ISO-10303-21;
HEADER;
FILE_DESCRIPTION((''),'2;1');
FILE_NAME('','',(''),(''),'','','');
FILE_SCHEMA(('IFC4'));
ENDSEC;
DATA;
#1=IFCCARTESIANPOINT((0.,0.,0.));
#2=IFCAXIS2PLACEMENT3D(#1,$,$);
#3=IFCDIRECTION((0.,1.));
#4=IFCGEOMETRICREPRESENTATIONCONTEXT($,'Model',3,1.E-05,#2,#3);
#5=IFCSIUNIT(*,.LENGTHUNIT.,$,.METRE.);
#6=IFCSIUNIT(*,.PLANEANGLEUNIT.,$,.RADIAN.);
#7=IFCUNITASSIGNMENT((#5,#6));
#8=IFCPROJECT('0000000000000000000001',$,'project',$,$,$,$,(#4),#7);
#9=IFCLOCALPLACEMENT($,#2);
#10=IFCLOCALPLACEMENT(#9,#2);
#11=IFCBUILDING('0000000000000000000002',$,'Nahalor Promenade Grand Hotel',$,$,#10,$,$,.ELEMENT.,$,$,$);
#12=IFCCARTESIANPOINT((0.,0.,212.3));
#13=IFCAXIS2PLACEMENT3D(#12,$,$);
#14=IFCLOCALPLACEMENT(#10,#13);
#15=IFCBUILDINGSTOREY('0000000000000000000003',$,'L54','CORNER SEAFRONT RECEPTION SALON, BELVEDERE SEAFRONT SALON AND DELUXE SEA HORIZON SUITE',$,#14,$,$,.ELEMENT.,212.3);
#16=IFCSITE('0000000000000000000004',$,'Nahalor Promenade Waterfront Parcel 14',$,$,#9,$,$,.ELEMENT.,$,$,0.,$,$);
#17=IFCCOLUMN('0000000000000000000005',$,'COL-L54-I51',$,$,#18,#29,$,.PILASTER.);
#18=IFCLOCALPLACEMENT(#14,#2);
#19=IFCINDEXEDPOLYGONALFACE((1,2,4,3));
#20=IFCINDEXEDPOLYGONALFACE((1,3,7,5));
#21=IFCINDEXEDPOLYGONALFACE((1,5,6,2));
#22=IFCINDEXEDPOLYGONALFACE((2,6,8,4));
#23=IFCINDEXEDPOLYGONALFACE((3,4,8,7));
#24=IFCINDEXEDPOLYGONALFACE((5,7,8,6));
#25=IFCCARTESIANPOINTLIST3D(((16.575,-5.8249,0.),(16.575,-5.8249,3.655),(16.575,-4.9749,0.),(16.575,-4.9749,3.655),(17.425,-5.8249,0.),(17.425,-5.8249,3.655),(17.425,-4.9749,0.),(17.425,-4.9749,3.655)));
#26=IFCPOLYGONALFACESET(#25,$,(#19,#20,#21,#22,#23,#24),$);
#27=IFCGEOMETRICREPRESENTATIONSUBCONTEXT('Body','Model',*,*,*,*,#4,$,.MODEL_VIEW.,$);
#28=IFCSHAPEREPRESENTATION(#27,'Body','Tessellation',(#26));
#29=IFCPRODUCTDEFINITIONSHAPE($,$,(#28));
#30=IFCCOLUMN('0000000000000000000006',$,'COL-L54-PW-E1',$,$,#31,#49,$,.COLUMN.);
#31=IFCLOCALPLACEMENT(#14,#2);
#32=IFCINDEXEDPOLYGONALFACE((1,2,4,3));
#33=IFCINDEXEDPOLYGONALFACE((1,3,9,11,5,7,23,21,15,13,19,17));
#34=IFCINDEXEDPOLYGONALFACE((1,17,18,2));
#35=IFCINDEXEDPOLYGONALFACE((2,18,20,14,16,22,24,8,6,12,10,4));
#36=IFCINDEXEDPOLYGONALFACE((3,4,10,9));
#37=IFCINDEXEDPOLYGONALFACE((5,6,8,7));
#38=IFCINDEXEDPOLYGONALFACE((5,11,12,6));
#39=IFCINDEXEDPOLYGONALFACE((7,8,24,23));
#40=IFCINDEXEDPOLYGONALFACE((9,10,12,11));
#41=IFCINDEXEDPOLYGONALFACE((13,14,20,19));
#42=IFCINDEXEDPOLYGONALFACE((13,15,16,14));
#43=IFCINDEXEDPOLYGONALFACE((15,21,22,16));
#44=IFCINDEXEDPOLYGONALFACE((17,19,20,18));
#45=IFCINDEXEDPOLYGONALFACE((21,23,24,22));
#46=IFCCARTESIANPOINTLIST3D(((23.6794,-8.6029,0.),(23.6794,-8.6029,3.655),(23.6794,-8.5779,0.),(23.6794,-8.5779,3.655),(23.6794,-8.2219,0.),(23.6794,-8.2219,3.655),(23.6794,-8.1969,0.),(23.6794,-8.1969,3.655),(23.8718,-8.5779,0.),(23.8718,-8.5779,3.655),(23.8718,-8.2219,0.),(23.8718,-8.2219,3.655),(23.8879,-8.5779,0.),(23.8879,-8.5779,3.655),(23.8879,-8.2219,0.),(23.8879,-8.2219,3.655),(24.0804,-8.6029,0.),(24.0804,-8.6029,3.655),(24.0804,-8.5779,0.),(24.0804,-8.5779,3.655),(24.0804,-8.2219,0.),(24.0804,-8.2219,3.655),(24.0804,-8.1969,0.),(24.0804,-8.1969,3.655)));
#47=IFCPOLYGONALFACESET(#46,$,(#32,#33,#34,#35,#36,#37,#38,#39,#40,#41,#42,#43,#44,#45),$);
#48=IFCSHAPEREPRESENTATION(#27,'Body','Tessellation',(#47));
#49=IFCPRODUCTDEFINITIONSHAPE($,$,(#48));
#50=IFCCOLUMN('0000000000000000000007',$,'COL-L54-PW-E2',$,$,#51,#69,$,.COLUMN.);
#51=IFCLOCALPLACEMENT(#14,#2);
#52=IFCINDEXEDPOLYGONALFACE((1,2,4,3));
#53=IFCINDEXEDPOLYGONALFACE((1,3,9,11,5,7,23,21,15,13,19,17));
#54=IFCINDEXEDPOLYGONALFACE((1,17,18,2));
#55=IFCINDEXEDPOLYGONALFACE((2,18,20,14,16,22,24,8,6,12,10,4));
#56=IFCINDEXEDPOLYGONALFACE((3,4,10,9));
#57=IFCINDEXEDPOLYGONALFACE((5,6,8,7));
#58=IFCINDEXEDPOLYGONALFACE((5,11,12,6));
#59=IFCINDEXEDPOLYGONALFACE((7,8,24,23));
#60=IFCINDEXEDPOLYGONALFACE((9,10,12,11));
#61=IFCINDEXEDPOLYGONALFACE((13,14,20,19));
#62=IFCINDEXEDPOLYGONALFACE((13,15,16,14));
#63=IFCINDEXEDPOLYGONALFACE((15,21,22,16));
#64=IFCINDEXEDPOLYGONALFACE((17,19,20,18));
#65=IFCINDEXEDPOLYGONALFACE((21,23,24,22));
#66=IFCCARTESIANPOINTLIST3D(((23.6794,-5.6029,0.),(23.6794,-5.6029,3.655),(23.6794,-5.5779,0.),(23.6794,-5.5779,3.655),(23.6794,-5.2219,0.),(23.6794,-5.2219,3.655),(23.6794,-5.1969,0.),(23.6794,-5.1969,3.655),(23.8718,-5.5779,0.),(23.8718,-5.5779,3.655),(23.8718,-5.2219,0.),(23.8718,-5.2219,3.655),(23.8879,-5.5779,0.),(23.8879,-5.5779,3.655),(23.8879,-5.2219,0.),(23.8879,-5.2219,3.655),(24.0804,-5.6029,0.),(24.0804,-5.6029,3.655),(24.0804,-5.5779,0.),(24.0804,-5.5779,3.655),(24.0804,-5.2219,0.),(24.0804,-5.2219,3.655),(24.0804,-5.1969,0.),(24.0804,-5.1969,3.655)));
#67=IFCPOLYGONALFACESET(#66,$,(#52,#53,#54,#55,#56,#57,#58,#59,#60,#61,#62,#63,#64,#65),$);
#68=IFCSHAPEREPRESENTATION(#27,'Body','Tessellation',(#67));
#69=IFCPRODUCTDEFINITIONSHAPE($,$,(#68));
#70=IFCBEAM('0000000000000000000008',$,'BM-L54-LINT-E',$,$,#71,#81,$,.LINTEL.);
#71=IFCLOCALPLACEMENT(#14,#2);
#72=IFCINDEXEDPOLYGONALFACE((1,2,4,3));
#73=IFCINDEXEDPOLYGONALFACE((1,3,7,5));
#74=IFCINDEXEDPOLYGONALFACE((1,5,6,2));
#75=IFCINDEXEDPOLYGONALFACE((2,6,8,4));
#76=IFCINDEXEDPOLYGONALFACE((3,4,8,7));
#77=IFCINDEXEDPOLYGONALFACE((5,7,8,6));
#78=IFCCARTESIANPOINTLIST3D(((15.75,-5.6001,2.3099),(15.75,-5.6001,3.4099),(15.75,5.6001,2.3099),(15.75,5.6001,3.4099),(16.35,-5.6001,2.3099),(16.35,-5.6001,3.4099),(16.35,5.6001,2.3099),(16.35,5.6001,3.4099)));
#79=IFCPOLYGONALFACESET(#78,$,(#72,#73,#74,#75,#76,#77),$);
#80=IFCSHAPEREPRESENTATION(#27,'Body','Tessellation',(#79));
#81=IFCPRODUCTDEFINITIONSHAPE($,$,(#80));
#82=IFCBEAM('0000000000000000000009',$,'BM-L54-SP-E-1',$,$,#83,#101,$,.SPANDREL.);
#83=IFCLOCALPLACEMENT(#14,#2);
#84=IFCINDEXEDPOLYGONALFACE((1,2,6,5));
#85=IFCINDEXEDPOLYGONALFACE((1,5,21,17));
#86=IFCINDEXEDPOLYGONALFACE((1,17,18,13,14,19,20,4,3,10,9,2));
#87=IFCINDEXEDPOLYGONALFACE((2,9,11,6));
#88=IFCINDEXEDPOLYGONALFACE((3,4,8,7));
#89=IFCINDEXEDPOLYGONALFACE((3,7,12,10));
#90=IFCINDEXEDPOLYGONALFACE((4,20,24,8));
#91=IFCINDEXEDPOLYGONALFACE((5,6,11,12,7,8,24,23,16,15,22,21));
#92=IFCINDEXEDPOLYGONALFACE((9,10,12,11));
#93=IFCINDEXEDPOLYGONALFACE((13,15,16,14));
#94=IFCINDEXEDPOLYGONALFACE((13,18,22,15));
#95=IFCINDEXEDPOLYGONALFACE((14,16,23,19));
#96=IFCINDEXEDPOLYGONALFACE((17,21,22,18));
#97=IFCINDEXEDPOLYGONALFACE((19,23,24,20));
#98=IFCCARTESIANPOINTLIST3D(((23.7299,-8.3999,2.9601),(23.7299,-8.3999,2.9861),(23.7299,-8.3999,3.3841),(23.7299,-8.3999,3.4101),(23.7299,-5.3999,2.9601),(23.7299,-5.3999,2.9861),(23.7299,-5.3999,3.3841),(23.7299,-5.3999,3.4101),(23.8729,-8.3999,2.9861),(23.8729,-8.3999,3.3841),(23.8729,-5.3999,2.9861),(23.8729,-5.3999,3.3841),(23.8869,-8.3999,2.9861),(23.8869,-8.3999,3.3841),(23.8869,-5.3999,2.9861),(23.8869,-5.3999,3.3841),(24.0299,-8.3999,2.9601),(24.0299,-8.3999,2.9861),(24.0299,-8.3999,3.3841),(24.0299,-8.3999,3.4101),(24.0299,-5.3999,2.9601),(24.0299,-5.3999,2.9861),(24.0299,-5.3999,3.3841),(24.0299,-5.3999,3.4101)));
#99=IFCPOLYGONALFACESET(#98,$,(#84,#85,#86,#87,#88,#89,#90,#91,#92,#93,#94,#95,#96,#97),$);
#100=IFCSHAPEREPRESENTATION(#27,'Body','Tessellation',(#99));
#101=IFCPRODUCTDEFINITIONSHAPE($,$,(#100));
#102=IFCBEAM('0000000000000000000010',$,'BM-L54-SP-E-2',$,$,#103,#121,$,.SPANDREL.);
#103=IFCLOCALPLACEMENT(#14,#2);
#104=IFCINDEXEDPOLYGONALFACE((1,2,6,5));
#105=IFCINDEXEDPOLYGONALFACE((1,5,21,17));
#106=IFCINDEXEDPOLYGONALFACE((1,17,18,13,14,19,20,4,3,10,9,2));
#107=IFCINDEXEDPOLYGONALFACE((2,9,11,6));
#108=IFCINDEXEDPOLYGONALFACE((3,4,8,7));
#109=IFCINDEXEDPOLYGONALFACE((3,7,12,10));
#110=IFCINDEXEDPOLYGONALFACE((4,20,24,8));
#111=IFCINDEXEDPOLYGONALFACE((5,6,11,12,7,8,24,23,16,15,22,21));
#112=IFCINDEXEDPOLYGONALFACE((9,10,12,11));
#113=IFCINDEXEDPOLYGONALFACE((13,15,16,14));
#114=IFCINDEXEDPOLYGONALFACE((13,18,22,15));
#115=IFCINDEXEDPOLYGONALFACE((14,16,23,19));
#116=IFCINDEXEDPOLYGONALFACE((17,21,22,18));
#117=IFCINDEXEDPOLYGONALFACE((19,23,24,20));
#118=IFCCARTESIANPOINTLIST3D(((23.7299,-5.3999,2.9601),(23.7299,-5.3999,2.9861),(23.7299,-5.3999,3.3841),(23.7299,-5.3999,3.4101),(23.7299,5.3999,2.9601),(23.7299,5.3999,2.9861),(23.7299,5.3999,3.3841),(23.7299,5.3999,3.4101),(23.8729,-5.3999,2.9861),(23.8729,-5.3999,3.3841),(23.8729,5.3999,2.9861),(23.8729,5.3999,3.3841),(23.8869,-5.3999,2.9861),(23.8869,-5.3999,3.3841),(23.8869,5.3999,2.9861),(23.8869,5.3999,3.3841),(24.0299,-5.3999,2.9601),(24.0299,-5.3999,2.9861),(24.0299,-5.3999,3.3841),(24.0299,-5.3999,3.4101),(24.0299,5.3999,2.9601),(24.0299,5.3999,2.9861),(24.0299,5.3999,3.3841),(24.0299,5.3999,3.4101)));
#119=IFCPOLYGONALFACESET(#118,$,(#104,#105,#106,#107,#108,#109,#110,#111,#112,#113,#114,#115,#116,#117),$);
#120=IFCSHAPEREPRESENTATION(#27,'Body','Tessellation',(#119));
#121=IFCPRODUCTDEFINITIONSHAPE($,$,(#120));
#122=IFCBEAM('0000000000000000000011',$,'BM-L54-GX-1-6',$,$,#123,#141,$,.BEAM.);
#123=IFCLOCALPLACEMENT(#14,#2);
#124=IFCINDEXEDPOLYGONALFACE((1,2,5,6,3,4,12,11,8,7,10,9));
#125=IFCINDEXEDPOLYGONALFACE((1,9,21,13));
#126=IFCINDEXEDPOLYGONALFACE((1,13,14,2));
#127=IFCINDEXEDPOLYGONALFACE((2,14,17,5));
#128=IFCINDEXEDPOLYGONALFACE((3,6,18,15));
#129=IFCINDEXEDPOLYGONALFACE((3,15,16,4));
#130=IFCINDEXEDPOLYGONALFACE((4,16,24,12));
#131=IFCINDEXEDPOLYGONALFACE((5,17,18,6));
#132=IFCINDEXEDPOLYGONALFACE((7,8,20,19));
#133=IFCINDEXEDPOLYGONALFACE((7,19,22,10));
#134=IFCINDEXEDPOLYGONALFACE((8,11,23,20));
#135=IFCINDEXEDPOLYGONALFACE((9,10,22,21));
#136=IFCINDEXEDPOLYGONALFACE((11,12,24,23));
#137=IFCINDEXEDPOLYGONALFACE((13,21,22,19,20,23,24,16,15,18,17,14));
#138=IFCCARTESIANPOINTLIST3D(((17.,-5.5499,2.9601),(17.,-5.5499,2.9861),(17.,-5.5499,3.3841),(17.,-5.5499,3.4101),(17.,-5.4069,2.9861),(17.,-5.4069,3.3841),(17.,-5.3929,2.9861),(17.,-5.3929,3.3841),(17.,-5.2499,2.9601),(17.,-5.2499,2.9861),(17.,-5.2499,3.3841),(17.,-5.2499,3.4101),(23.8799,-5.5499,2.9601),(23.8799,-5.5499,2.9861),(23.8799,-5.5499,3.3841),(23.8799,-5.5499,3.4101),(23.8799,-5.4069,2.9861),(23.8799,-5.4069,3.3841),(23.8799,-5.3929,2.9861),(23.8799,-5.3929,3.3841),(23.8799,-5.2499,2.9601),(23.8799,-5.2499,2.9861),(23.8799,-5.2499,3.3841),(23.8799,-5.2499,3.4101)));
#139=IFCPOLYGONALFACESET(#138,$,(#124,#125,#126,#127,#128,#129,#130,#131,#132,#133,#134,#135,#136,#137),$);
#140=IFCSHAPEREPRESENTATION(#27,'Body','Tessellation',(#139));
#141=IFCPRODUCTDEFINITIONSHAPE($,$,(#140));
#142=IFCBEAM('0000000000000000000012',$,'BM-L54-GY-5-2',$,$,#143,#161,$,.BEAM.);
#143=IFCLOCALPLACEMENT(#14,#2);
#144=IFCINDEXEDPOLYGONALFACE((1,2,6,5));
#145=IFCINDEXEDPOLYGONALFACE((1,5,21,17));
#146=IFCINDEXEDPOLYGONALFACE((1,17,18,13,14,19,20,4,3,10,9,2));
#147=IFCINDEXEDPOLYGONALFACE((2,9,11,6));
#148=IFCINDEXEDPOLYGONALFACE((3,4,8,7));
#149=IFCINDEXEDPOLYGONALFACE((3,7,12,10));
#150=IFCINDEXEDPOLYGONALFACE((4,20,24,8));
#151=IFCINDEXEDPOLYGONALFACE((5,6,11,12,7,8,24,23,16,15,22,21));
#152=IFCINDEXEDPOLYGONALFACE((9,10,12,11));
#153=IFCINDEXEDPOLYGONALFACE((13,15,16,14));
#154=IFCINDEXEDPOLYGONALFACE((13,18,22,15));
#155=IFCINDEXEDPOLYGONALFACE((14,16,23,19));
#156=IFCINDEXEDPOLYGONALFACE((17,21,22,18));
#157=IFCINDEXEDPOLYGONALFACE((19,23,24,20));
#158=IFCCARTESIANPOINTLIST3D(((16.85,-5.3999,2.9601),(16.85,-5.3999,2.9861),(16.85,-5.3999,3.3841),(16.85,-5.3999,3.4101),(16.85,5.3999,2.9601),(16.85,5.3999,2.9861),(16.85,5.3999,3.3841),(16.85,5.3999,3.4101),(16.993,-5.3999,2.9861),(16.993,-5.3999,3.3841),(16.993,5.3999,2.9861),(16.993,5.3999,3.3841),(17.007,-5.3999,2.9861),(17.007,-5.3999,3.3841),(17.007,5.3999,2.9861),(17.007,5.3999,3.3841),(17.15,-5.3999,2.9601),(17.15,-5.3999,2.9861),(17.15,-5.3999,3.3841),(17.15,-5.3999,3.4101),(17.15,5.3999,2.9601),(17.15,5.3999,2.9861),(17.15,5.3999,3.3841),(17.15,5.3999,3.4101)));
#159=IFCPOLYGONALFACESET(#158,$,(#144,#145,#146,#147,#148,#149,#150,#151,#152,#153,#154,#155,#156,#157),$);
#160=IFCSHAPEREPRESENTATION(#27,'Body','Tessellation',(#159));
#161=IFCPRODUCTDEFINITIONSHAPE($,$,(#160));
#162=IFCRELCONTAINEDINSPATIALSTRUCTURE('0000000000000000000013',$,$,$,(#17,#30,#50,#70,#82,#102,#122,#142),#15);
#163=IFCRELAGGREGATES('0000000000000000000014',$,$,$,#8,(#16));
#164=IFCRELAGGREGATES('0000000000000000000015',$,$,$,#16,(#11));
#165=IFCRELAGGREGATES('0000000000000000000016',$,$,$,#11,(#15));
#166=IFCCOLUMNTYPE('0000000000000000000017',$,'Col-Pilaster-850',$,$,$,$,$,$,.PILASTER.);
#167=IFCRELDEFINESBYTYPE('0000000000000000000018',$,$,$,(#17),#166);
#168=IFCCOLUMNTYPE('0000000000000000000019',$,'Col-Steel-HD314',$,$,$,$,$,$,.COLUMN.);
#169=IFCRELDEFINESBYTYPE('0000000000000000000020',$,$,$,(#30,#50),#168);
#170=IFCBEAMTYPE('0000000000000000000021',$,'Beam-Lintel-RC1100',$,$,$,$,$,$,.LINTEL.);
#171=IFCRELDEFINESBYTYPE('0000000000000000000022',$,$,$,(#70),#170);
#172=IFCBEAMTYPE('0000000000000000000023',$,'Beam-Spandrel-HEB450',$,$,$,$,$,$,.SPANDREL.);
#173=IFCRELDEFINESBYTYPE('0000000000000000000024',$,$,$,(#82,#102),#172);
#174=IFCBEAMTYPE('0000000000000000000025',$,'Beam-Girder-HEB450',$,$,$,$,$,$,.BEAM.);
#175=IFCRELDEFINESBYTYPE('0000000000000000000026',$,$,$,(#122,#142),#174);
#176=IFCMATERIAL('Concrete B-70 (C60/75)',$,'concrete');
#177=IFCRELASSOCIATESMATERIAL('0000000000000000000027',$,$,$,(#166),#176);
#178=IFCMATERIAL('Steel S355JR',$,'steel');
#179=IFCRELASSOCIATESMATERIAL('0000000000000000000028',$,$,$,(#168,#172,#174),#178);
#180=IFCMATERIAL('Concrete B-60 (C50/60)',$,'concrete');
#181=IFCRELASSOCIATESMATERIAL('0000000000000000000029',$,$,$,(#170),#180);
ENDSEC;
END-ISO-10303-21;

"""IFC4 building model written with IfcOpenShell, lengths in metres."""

from ifc_helpers import new_model, si_unit, direction, frame, origin, origin_2d, place, context, subcontext, project, spatial, rectangle, i_section, extrude, source, transform, mapped, material, material_profile, profile_set, type_object, element, save


model = new_model("IFC4")

# Units and contexts
model_context = context("Model", 3, precision=1e-05, world=origin(), true_north=direction((0.0, 1.0)))
body_context = subcontext(model_context, "Body", "Model", "MODEL_VIEW")
ifc_project = project(units=[si_unit("LENGTHUNIT", "METRE"), si_unit("PLANEANGLEUNIT", "RADIAN")], contexts=[model_context])

# Site, building, storey
site_placement = place(None, origin())
site = spatial("IfcSite", under=ifc_project, at=site_placement, Name="Nahalor Promenade Waterfront Parcel 14", CompositionType="ELEMENT", RefElevation=0.0)
building_placement = place(site_placement, origin())
building = spatial("IfcBuilding", under=site, at=building_placement, Name="Nahalor Promenade Grand Hotel", CompositionType="ELEMENT")
storey_placement = place(building_placement, frame((0.0, 0.0, 212.3)))
storey = spatial("IfcBuildingStorey", under=building, at=storey_placement, Name="L54", Description="CORNER SEAFRONT RECEPTION SALON, BELVEDERE SEAFRONT SALON AND DELUXE SEA HORIZON SUITE", CompositionType="ELEMENT", Elevation=212.3)

# Columns
ifc_material_1 = material(Name="Concrete B-70 (C60/75)", Category="concrete")
ifc_material_profile_1 = material_profile(ifc_material_1, rectangle(XDim=0.85, YDim=0.85, at=origin_2d()), Name="RC 850x850")
ifc_profile_set_1 = profile_set([ifc_material_profile_1], Name="Concrete B-70 (C60/75)")
column_type_1 = type_object("IfcColumnType", Name="Col-Pilaster-850", PredefinedType="PILASTER", material=ifc_profile_set_1)
shared_shape_1 = source(origin(), body_context, "Body", "SweptSolid", [
    extrude(rectangle(XDim=0.85, YDim=0.85, at=origin_2d()), origin(), (0.0, 0.0, 1.0), 3.655),
])
column_placement = place(storey_placement, frame((17.0, -5.3999, 0.0), z_axis=(0.0, 0.0, 1.0), x_axis=(1.0, 0.0, 0.0)))
element("IfcColumn", 1, at=column_placement, inside=storey, type_object=column_type_1, Name="COL-L54-I51", PredefinedType="PILASTER", context=body_context, shape_type="MappedRepresentation", body=[
    mapped(shared_shape_1, transform((0.0, 0.0, 0.0), scale=1.0)),
])
ifc_material_2 = material(Name="Steel S355JR", Category="steel")
ifc_material_profile_2 = material_profile(ifc_material_2, i_section(OverallWidth=0.401, OverallDepth=0.406, WebThickness=0.0161, FlangeThickness=0.025, at=origin_2d()), Name="HD 400x314")
ifc_profile_set_2 = profile_set([ifc_material_profile_2], Name="Steel S355JR")
column_type_2 = type_object("IfcColumnType", Name="Col-Steel-HD314", PredefinedType="COLUMN", material=ifc_profile_set_2)
shared_shape_2 = source(origin(), body_context, "Body", "SweptSolid", [
    extrude(i_section(OverallWidth=0.401, OverallDepth=0.406, WebThickness=0.0161, FlangeThickness=0.025, at=origin_2d()), origin(), (0.0, 0.0, 1.0), 3.655),
])
for number, where, z_axis, x_axis, name in (
    (2, (23.8799, -8.3999, 0.0), (0.0, 0.0, 1.0), (1.0, 0.0, 0.0), "COL-L54-PW-E1"),
    (3, (23.8799, -5.3999, 0.0), (0.0, 0.0, 1.0), (1.0, 0.0, 0.0), "COL-L54-PW-E2"),
):
    element("IfcColumn", number, at=place(storey_placement, frame(where, z_axis=z_axis, x_axis=x_axis)), inside=storey, type_object=column_type_2, Name=name, PredefinedType="COLUMN", context=body_context, shape_type="MappedRepresentation", body=[
        mapped(shared_shape_2, transform((0.0, 0.0, 0.0), scale=1.0)),
    ])

# Beams
ifc_material_3 = material(Name="Concrete B-60 (C50/60)", Category="concrete")
ifc_material_profile_3 = material_profile(ifc_material_3, rectangle(XDim=0.6, YDim=1.1, at=origin_2d()), Name="RC 600x1100")
ifc_profile_set_3 = profile_set([ifc_material_profile_3], Name="Concrete B-60 (C50/60)")
beam_type_1 = type_object("IfcBeamType", Name="Beam-Lintel-RC1100", PredefinedType="LINTEL", material=ifc_profile_set_3)
shared_shape_3 = source(origin(), body_context, "Body", "SweptSolid", [
    extrude(rectangle(XDim=0.6, YDim=1.1, at=origin_2d()), origin(), (0.0, 0.0, 1.0), 11.2002),
])
beam_1_placement = place(storey_placement, frame((16.05, -5.6001, 2.8599), z_axis=(0.0, 1.0, 0.0), x_axis=(-1.0, 0.0, 0.0)))
element("IfcBeam", 4, at=beam_1_placement, inside=storey, type_object=beam_type_1, Name="BM-L54-LINT-E", PredefinedType="LINTEL", context=body_context, shape_type="MappedRepresentation", body=[
    mapped(shared_shape_3, transform((0.0, 0.0, 0.0), scale=1.0)),
])
ifc_material_profile_4 = material_profile(ifc_material_2, i_section(OverallWidth=0.3, OverallDepth=0.45, WebThickness=0.014, FlangeThickness=0.026, at=origin_2d()), Name="HEB 450")
ifc_profile_set_4 = profile_set([ifc_material_profile_4], Name="Steel S355JR")
beam_type_2 = type_object("IfcBeamType", Name="Beam-Spandrel-HEB450", PredefinedType="SPANDREL", material=ifc_profile_set_4)
shared_shape_4 = source(origin(), body_context, "Body", "SweptSolid", [
    extrude(i_section(OverallWidth=0.3, OverallDepth=0.45, WebThickness=0.014, FlangeThickness=0.026, at=origin_2d()), origin(), (0.0, 0.0, 1.0), 3.0),
])
beam_2_placement = place(storey_placement, frame((23.8799, -8.3999, 3.1851), z_axis=(0.0, 1.0, 0.0), x_axis=(-1.0, 0.0, 0.0)))
element("IfcBeam", 5, at=beam_2_placement, inside=storey, type_object=beam_type_2, Name="BM-L54-SP-E-1", PredefinedType="SPANDREL", context=body_context, shape_type="MappedRepresentation", body=[
    mapped(shared_shape_4, transform((0.0, 0.0, 0.0), scale=1.0)),
])
shared_shape_5 = source(origin(), body_context, "Body", "SweptSolid", [
    extrude(i_section(OverallWidth=0.3, OverallDepth=0.45, WebThickness=0.014, FlangeThickness=0.026, at=origin_2d()), origin(), (0.0, 0.0, 1.0), 10.7998),
])
beam_3_placement = place(storey_placement, frame((23.8799, -5.3999, 3.1851), z_axis=(0.0, 1.0, 0.0), x_axis=(-1.0, 0.0, 0.0)))
element("IfcBeam", 6, at=beam_3_placement, inside=storey, type_object=beam_type_2, Name="BM-L54-SP-E-2", PredefinedType="SPANDREL", context=body_context, shape_type="MappedRepresentation", body=[
    mapped(shared_shape_5, transform((0.0, 0.0, 0.0), scale=1.0)),
])
ifc_material_profile_5 = material_profile(ifc_material_2, i_section(OverallWidth=0.3, OverallDepth=0.45, WebThickness=0.014, FlangeThickness=0.026, at=origin_2d()), Name="HEB 450")
ifc_profile_set_5 = profile_set([ifc_material_profile_5], Name="Steel S355JR")
beam_type_3 = type_object("IfcBeamType", Name="Beam-Girder-HEB450", PredefinedType="BEAM", material=ifc_profile_set_5)
shared_shape_6 = source(origin(), body_context, "Body", "SweptSolid", [
    extrude(i_section(OverallWidth=0.3, OverallDepth=0.45, WebThickness=0.014, FlangeThickness=0.026, at=origin_2d()), origin(), (0.0, 0.0, 1.0), 6.8799),
])
beam_4_placement = place(storey_placement, frame((17.0, -5.3999, 3.1851), z_axis=(1.0, 0.0, 0.0), x_axis=(0.0, 1.0, 0.0)))
element("IfcBeam", 7, at=beam_4_placement, inside=storey, type_object=beam_type_3, Name="BM-L54-GX-1-6", PredefinedType="BEAM", context=body_context, shape_type="MappedRepresentation", body=[
    mapped(shared_shape_6, transform((0.0, 0.0, 0.0), scale=1.0)),
])
shared_shape_7 = source(origin(), body_context, "Body", "SweptSolid", [
    extrude(i_section(OverallWidth=0.3, OverallDepth=0.45, WebThickness=0.014, FlangeThickness=0.026, at=origin_2d()), origin(), (0.0, 0.0, 1.0), 10.7998),
])
beam_5_placement = place(storey_placement, frame((17.0, -5.3999, 3.1851), z_axis=(0.0, 1.0, 0.0), x_axis=(-1.0, 0.0, 0.0)))
element("IfcBeam", 8, at=beam_5_placement, inside=storey, type_object=beam_type_3, Name="BM-L54-GY-5-2", PredefinedType="BEAM", context=body_context, shape_type="MappedRepresentation", body=[
    mapped(shared_shape_7, transform((0.0, 0.0, 0.0), scale=1.0)),
])

save(model, "model.ifc")
